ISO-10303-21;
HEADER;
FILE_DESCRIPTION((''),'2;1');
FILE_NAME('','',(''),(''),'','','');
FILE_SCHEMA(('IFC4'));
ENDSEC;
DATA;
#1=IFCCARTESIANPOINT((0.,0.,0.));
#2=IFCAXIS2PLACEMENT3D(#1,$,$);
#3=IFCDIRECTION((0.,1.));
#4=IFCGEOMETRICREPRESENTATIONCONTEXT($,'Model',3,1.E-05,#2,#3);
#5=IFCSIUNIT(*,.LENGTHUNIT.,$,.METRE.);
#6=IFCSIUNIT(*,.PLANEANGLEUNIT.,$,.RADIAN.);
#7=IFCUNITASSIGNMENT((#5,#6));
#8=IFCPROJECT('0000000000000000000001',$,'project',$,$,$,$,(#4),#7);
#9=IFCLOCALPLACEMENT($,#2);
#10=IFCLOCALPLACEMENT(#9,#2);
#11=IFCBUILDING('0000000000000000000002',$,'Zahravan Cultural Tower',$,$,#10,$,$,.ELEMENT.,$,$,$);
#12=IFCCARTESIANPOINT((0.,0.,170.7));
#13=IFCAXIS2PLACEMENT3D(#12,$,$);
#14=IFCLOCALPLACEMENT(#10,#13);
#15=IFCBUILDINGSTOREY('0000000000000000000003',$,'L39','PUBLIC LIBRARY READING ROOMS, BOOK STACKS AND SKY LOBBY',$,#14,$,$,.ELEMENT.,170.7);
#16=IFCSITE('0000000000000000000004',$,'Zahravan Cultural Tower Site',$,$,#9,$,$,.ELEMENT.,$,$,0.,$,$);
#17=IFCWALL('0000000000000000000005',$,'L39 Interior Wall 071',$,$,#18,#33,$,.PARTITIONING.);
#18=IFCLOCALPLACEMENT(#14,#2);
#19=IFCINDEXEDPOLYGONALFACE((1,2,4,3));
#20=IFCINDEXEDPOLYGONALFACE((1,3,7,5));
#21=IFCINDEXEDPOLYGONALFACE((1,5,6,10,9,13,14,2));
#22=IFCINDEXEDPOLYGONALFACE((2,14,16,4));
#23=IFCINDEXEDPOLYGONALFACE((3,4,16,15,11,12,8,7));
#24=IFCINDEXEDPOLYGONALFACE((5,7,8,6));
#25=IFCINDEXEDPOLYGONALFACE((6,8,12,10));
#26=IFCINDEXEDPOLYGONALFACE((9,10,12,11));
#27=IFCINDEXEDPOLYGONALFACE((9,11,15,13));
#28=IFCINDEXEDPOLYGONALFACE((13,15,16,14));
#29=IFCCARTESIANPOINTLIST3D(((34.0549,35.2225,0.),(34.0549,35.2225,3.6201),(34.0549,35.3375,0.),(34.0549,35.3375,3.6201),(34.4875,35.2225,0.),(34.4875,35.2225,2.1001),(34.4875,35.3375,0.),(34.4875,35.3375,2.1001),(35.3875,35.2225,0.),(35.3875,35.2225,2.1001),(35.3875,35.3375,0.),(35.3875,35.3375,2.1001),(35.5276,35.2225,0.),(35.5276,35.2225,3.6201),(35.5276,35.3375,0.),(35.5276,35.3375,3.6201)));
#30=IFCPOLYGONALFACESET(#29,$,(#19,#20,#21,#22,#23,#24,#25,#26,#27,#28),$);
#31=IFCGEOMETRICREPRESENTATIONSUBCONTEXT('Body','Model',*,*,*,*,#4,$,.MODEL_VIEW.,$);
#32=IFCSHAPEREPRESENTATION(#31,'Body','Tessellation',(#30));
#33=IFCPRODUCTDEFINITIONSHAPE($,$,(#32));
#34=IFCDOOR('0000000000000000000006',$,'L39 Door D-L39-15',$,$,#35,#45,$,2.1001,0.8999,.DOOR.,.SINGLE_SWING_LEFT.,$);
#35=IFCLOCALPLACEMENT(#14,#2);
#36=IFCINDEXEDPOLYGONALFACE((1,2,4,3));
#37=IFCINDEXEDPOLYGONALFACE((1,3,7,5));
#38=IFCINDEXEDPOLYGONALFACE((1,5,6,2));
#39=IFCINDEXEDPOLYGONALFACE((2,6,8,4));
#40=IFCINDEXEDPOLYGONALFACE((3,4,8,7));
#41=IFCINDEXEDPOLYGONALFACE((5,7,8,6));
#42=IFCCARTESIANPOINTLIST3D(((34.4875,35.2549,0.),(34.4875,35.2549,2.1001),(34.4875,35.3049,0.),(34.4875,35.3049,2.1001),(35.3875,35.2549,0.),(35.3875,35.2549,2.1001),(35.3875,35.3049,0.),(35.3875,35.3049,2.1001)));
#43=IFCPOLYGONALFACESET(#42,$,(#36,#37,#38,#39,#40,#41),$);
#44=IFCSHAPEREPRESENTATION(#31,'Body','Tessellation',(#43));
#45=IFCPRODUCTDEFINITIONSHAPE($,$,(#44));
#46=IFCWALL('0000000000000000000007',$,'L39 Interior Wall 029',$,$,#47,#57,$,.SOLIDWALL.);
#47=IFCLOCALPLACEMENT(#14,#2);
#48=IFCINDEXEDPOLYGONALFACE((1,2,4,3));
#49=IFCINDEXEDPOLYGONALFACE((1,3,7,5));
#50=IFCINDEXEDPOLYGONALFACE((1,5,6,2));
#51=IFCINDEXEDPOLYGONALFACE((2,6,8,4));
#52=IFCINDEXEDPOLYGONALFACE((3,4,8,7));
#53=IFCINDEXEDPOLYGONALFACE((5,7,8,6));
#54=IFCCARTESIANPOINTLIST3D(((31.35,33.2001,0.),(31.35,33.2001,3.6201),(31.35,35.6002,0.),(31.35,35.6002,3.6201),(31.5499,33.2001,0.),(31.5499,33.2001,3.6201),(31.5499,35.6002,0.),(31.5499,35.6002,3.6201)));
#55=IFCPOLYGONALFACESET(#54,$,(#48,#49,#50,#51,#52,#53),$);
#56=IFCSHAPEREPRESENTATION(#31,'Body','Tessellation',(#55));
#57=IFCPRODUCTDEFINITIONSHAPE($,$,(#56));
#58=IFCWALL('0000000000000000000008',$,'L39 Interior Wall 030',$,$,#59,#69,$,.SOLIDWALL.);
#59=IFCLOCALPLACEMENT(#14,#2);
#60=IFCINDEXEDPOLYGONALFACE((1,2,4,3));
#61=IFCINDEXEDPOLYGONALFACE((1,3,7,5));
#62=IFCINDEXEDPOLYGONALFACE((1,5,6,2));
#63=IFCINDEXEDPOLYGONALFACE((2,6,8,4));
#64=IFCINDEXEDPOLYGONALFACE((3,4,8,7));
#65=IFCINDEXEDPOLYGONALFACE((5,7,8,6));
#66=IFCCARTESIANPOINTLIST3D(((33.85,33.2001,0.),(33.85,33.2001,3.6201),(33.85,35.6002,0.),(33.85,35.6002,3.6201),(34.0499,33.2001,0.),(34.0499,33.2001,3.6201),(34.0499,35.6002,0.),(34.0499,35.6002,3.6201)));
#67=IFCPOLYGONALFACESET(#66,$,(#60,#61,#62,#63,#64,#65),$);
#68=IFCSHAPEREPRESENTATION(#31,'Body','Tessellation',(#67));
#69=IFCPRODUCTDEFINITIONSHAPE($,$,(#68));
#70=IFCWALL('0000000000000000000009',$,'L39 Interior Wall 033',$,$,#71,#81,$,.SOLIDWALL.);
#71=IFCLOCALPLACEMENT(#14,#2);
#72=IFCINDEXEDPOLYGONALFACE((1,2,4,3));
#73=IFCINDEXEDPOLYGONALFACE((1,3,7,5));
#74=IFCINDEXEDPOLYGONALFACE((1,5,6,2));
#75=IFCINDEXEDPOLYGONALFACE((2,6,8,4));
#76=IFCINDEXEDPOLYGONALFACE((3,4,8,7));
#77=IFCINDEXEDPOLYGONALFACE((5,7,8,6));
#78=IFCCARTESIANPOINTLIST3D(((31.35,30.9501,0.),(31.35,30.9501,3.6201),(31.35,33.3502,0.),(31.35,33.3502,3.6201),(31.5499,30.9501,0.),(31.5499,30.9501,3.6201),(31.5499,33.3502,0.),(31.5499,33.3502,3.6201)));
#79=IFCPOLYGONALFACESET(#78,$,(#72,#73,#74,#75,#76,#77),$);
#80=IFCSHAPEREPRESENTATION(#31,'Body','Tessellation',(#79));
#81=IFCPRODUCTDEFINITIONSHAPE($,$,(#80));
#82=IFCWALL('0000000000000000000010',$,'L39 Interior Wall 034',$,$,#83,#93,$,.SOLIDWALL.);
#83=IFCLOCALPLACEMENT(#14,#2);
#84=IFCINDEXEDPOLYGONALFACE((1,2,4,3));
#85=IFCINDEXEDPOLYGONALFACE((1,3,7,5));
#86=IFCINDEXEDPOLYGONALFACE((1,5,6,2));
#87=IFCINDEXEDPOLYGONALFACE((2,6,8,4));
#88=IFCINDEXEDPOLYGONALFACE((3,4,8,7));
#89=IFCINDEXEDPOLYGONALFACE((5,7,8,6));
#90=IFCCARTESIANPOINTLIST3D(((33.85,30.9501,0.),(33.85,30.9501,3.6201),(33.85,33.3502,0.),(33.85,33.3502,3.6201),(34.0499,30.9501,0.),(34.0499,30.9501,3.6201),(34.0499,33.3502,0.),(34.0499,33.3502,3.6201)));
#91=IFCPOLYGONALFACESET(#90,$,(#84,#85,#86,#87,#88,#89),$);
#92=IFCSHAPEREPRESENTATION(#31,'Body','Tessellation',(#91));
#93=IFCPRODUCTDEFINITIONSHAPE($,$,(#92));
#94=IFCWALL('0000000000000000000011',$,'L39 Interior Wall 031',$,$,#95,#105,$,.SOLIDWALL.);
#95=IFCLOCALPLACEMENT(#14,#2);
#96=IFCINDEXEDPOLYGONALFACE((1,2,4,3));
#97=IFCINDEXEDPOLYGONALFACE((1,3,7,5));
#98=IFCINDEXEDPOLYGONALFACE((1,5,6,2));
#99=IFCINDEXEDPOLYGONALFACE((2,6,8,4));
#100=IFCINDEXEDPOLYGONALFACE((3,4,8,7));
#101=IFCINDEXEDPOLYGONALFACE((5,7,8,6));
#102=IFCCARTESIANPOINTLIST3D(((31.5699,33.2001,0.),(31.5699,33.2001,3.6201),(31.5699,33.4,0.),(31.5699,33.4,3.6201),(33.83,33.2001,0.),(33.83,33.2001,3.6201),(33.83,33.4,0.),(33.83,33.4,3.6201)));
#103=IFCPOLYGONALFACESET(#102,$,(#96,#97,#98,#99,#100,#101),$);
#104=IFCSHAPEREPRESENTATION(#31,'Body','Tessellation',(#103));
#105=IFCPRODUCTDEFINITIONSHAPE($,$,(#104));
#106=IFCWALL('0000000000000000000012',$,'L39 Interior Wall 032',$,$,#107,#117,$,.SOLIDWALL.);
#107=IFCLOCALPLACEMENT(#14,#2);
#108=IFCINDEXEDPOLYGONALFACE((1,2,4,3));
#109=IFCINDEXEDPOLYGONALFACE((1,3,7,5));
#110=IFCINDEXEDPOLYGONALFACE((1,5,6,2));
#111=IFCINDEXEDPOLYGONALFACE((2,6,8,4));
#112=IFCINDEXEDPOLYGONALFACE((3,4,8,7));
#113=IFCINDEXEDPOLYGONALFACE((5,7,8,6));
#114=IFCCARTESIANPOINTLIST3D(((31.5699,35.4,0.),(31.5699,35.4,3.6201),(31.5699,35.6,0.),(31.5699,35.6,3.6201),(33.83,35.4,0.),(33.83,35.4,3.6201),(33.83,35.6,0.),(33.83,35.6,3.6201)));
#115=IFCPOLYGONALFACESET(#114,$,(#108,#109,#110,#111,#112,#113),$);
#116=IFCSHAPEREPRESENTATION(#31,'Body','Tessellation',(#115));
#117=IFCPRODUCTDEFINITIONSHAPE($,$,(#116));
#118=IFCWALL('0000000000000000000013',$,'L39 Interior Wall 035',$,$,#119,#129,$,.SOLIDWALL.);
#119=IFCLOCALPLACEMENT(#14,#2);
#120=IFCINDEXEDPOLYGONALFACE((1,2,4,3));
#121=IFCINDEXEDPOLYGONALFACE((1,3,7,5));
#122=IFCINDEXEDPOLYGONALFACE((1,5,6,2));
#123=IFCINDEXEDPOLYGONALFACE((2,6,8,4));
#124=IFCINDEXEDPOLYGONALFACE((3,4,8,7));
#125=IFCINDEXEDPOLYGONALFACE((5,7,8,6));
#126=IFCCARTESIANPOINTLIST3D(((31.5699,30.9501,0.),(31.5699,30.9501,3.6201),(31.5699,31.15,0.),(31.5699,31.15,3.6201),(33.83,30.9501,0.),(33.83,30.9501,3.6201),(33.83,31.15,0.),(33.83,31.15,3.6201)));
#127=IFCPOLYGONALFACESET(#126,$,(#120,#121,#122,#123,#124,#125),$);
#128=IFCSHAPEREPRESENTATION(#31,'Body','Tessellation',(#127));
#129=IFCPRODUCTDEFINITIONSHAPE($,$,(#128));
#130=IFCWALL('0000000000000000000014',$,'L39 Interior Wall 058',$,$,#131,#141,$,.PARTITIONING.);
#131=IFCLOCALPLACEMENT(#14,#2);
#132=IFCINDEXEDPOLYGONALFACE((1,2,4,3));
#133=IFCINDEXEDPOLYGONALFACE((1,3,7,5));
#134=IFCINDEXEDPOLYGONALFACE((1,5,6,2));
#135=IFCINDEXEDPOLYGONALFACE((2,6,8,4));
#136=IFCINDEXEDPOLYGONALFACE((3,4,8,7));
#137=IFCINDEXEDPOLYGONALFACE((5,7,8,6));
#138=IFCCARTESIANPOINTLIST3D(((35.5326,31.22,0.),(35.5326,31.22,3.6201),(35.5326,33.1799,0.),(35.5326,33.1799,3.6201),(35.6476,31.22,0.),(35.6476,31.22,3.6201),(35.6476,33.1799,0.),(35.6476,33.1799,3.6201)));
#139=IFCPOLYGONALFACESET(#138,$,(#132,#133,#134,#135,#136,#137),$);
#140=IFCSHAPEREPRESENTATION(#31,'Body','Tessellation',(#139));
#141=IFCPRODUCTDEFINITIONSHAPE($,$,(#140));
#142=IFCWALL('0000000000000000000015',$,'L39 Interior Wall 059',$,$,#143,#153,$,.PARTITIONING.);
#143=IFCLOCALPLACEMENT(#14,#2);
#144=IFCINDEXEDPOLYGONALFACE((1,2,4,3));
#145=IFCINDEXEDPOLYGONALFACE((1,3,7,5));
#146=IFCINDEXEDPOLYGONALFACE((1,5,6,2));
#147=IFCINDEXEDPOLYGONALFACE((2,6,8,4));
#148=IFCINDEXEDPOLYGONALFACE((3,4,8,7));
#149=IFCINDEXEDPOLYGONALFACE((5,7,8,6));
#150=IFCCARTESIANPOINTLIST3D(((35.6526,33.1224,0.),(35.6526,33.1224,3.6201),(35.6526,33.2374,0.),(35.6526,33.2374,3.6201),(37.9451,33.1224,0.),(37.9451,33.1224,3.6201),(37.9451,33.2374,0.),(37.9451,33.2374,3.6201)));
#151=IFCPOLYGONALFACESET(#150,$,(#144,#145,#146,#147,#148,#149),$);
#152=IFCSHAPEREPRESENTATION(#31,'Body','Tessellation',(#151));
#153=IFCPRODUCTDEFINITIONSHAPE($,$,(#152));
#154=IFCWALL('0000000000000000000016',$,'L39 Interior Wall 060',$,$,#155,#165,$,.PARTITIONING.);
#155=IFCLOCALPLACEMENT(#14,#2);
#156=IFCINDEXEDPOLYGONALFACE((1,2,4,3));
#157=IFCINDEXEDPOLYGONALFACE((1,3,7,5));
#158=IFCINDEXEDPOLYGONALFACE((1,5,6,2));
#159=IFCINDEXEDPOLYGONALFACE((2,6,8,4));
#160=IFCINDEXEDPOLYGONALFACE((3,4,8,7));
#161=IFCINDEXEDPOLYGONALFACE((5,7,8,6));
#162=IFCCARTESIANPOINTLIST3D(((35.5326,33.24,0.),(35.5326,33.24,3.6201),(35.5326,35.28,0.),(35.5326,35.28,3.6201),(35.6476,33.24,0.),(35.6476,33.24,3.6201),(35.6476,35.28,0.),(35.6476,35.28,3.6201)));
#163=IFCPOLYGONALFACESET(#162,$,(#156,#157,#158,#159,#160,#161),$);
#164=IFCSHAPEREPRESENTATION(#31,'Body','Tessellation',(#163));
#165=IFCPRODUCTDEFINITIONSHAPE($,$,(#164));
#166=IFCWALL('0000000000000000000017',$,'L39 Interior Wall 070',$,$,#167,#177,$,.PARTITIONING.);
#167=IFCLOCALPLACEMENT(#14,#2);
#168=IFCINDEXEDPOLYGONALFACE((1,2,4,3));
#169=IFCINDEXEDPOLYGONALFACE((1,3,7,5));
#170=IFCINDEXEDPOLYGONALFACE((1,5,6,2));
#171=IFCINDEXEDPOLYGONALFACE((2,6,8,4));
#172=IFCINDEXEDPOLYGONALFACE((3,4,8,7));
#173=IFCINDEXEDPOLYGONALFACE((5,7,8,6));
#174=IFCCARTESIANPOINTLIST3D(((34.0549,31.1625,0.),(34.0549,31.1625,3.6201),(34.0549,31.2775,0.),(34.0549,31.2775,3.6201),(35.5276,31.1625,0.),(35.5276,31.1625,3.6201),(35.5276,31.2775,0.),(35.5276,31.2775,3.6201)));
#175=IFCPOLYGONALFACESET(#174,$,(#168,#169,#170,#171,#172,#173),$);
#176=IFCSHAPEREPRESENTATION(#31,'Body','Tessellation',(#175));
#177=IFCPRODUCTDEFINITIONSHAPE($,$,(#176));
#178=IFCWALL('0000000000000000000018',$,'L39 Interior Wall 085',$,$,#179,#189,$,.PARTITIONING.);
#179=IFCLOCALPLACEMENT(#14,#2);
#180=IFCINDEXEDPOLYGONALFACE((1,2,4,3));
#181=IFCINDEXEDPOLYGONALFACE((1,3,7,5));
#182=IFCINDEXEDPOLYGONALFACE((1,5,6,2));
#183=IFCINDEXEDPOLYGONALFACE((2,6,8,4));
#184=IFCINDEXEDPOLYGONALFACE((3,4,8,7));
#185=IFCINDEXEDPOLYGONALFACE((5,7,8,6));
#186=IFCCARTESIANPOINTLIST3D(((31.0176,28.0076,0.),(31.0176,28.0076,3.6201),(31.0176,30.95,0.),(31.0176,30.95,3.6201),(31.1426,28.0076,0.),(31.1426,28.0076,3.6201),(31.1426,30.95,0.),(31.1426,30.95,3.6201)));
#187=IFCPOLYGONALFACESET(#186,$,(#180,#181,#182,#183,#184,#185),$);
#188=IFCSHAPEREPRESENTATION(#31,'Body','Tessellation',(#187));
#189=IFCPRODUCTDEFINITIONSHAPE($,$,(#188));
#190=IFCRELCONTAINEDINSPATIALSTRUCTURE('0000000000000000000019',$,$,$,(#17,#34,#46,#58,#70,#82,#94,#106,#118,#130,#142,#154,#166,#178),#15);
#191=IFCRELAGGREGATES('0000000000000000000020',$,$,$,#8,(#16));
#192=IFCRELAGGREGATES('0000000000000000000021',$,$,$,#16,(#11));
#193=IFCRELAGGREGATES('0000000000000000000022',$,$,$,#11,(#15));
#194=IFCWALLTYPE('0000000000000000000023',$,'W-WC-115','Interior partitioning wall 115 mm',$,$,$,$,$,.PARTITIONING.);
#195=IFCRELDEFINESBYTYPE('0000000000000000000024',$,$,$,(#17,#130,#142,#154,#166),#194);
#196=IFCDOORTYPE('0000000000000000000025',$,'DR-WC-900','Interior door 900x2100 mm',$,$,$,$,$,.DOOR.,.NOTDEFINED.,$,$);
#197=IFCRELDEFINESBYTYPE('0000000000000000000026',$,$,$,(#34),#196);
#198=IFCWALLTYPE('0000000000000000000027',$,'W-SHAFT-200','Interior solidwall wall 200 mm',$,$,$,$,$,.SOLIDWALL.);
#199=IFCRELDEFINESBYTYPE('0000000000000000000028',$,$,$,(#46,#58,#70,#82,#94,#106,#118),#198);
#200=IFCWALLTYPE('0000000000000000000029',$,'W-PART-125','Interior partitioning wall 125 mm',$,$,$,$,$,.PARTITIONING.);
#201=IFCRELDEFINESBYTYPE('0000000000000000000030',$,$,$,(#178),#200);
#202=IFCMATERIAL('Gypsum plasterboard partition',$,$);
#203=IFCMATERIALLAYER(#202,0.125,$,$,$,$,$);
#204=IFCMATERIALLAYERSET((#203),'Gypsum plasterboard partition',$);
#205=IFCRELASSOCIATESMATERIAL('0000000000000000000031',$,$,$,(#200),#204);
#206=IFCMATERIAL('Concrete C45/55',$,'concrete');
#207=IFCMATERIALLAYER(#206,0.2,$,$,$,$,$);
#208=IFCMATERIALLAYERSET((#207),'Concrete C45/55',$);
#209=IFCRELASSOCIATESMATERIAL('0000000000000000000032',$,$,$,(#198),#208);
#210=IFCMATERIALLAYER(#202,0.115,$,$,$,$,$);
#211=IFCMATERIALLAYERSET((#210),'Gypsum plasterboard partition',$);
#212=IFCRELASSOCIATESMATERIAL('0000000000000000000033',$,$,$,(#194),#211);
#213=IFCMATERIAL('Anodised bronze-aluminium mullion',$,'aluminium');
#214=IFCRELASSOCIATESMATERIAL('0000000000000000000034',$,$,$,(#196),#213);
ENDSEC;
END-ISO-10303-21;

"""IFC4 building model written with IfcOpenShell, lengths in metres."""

from ifc_helpers import new_model, si_unit, direction, frame, frame_2d, origin, place, context, subcontext, project, spatial, rectangle, extrude, source, transform, mapped, material, layer, layer_set, type_object, element, fill, save


model = new_model("IFC4")

# Units and contexts
model_context = context("Model", 3, precision=1e-05, world=origin(), true_north=direction((0.0, 1.0)))
body_context = subcontext(model_context, "Body", "Model", "MODEL_VIEW")
ifc_project = project(units=[si_unit("LENGTHUNIT", "METRE"), si_unit("PLANEANGLEUNIT", "RADIAN")], contexts=[model_context])

# Site, building, storey
site_placement = place(None, origin())
site = spatial("IfcSite", under=ifc_project, at=site_placement, Name="Zahravan Cultural Tower Site", CompositionType="ELEMENT", RefElevation=0.0)
building_placement = place(site_placement, origin())
building = spatial("IfcBuilding", under=site, at=building_placement, Name="Zahravan Cultural Tower", CompositionType="ELEMENT")
storey_placement = place(building_placement, frame((0.0, 0.0, 170.7)))
storey = spatial("IfcBuildingStorey", under=building, at=storey_placement, Name="L39", Description="PUBLIC LIBRARY READING ROOMS, BOOK STACKS AND SKY LOBBY", CompositionType="ELEMENT", Elevation=170.7)

# Wall, opening, door
ifc_material_1 = material(Name="Gypsum plasterboard partition")
ifc_layer_1 = layer(ifc_material_1, 0.125)
ifc_layer_set_1 = layer_set([ifc_layer_1], Name="Gypsum plasterboard partition")
wall_type_1 = type_object("IfcWallType", Name="W-PART-125", Description="Interior partitioning wall 125 mm", PredefinedType="PARTITIONING", material=ifc_layer_set_1)
ifc_material_2 = material(Name="Anodised bronze-aluminium mullion", Category="aluminium")
ifc_material_3 = material(Name="Concrete C45/55", Category="concrete")
ifc_layer_2 = layer(ifc_material_3, 0.2)
ifc_layer_set_2 = layer_set([ifc_layer_2], Name="Concrete C45/55")
wall_type_2 = type_object("IfcWallType", Name="W-SHAFT-200", Description="Interior solidwall wall 200 mm", PredefinedType="SOLIDWALL", material=ifc_layer_set_2)
ifc_layer_3 = layer(ifc_material_1, 0.115)
ifc_layer_set_3 = layer_set([ifc_layer_3], Name="Gypsum plasterboard partition")
wall_type_3 = type_object("IfcWallType", Name="W-WC-115", Description="Interior partitioning wall 115 mm", PredefinedType="PARTITIONING", material=ifc_layer_set_3)
door_type_1 = type_object("IfcDoorType", Name="DR-WC-900", Description="Interior door 900x2100 mm", OperationType="NOTDEFINED", PredefinedType="DOOR", material=ifc_material_2)
shared_shape_1 = source(origin(), body_context, "Body", "SweptSolid", [
    extrude(rectangle(XDim=0.8999, YDim=2.1001, at=frame_2d((0.45, 1.05))), frame((0.0, 0.0249, 0.0), z_axis=(0.0, -1.0, 0.0), x_axis=(1.0, 0.0, 0.0)), (0.0, 0.0, 1.0), 0.05),
])
wall_1_placement = place(storey_placement, frame((34.0549, 35.28, 0.0), z_axis=(0.0, 0.0, 1.0), x_axis=(1.0, 0.0, 0.0)))
wall_1 = element("IfcWall", 1, at=wall_1_placement, inside=storey, type_object=wall_type_3, Name="L39 Interior Wall 071", PredefinedType="PARTITIONING", context=body_context, shape_type="SweptSolid", body=[
    extrude(rectangle(XDim=1.4727, YDim=0.115, at=frame_2d((0.7363, 0.0))), origin(), (0.0, 0.0, 1.0), 3.6201),
])
opening_1_placement = place(wall_1_placement, frame((0.4326, 0.0, 0.0)))
opening_1 = element("IfcOpeningElement", 2, at=opening_1_placement, cuts=wall_1, PredefinedType="OPENING", context=body_context, shape_type="SweptSolid", body=[
    extrude(rectangle(XDim=0.8999, YDim=2.1001, at=frame_2d((0.45, 1.05))), frame((0.0, 0.0674, 0.0), z_axis=(0.0, -1.0, 0.0), x_axis=(1.0, 0.0, 0.0)), (0.0, 0.0, 1.0), 0.135),
])
door_1_placement = place(opening_1_placement, origin())
door_1 = element("IfcDoor", 3, at=door_1_placement, inside=storey, type_object=door_type_1, Name="L39 Door D-L39-15", OperationType="SINGLE_SWING_LEFT", OverallHeight=2.1001, OverallWidth=0.8999, PredefinedType="DOOR", context=body_context, shape_type="MappedRepresentation", body=[
    mapped(shared_shape_1, transform((0.0, 0.0, 0.0), x_axis=(1.0, 0.0, 0.0), y_axis=(0.0, 1.0, 0.0), z_axis=(0.0, 0.0, 1.0), scale=1.0)),
])
fill(opening_1, door_1)

# Walls
shared_shape_2 = source(origin(), body_context, "Body", "SweptSolid", [
    extrude(rectangle(XDim=2.4001, YDim=0.2, at=frame_2d((1.2002, 0.0))), origin(), (0.0, 0.0, 1.0), 3.6201),
])
for number, where, z_axis, x_axis, name in (
    (4, (31.45, 33.2, 0.0), (0.0, 0.0, 1.0), (0.0, 1.0, 0.0), "L39 Interior Wall 029"),
    (5, (33.95, 33.2, 0.0), (0.0, 0.0, 1.0), (0.0, 1.0, 0.0), "L39 Interior Wall 030"),
    (6, (31.45, 30.95, 0.0), (0.0, 0.0, 1.0), (0.0, 1.0, 0.0), "L39 Interior Wall 033"),
    (7, (33.95, 30.95, 0.0), (0.0, 0.0, 1.0), (0.0, 1.0, 0.0), "L39 Interior Wall 034"),
):
    element("IfcWall", number, at=place(storey_placement, frame(where, z_axis=z_axis, x_axis=x_axis)), inside=storey, type_object=wall_type_2, Name=name, PredefinedType="SOLIDWALL", context=body_context, shape_type="MappedRepresentation", body=[
        mapped(shared_shape_2, transform((0.0, 0.0, 0.0), x_axis=(1.0, 0.0, 0.0), y_axis=(0.0, 1.0, 0.0), z_axis=(0.0, 0.0, 1.0), scale=1.0)),
    ])
shared_shape_3 = source(origin(), body_context, "Body", "SweptSolid", [
    extrude(rectangle(XDim=2.26, YDim=0.2, at=frame_2d((1.1299, 0.0))), origin(), (0.0, 0.0, 1.0), 3.6201),
])
for number, where, z_axis, x_axis, name in (
    (8, (31.5701, 33.3, 0.0), (0.0, 0.0, 1.0), (1.0, 0.0, 0.0), "L39 Interior Wall 031"),
    (9, (31.5701, 35.5, 0.0), (0.0, 0.0, 1.0), (1.0, 0.0, 0.0), "L39 Interior Wall 032"),
    (10, (31.5701, 31.05, 0.0), (0.0, 0.0, 1.0), (1.0, 0.0, 0.0), "L39 Interior Wall 035"),
):
    element("IfcWall", number, at=place(storey_placement, frame(where, z_axis=z_axis, x_axis=x_axis)), inside=storey, type_object=wall_type_2, Name=name, PredefinedType="SOLIDWALL", context=body_context, shape_type="MappedRepresentation", body=[
        mapped(shared_shape_3, transform((0.0, 0.0, 0.0), x_axis=(1.0, 0.0, 0.0), y_axis=(0.0, 1.0, 0.0), z_axis=(0.0, 0.0, 1.0), scale=1.0)),
    ])
shared_shape_4 = source(origin(), body_context, "Body", "SweptSolid", [
    extrude(rectangle(XDim=1.96, YDim=0.115, at=frame_2d((0.98, 0.0))), origin(), (0.0, 0.0, 1.0), 3.6201),
])
wall_2_placement = place(storey_placement, frame((35.5901, 31.22, 0.0), z_axis=(0.0, 0.0, 1.0), x_axis=(0.0, 1.0, 0.0)))
element("IfcWall", 11, at=wall_2_placement, inside=storey, type_object=wall_type_3, Name="L39 Interior Wall 058", PredefinedType="PARTITIONING", context=body_context, shape_type="MappedRepresentation", body=[
    mapped(shared_shape_4, transform((0.0, 0.0, 0.0), x_axis=(1.0, 0.0, 0.0), y_axis=(0.0, 1.0, 0.0), z_axis=(0.0, 0.0, 1.0), scale=1.0)),
])
shared_shape_5 = source(origin(), body_context, "Body", "SweptSolid", [
    extrude(rectangle(XDim=2.2925, YDim=0.115, at=frame_2d((1.1462, 0.0))), origin(), (0.0, 0.0, 1.0), 3.6201),
])
wall_3_placement = place(storey_placement, frame((35.6526, 33.1799, 0.0), z_axis=(0.0, 0.0, 1.0), x_axis=(1.0, 0.0, 0.0)))
element("IfcWall", 12, at=wall_3_placement, inside=storey, type_object=wall_type_3, Name="L39 Interior Wall 059", PredefinedType="PARTITIONING", context=body_context, shape_type="MappedRepresentation", body=[
    mapped(shared_shape_5, transform((0.0, 0.0, 0.0), x_axis=(1.0, 0.0, 0.0), y_axis=(0.0, 1.0, 0.0), z_axis=(0.0, 0.0, 1.0), scale=1.0)),
])
shared_shape_6 = source(origin(), body_context, "Body", "SweptSolid", [
    extrude(rectangle(XDim=2.04, YDim=0.115, at=frame_2d((1.02, 0.0))), origin(), (0.0, 0.0, 1.0), 3.6201),
])
wall_4_placement = place(storey_placement, frame((35.5901, 33.24, 0.0), z_axis=(0.0, 0.0, 1.0), x_axis=(0.0, 1.0, 0.0)))
element("IfcWall", 13, at=wall_4_placement, inside=storey, type_object=wall_type_3, Name="L39 Interior Wall 060", PredefinedType="PARTITIONING", context=body_context, shape_type="MappedRepresentation", body=[
    mapped(shared_shape_6, transform((0.0, 0.0, 0.0), x_axis=(1.0, 0.0, 0.0), y_axis=(0.0, 1.0, 0.0), z_axis=(0.0, 0.0, 1.0), scale=1.0)),
])
shared_shape_7 = source(origin(), body_context, "Body", "SweptSolid", [
    extrude(rectangle(XDim=1.4727, YDim=0.115, at=frame_2d((0.7363, 0.0))), origin(), (0.0, 0.0, 1.0), 3.6201),
])
wall_5_placement = place(storey_placement, frame((35.5276, 31.22, 0.0), z_axis=(0.0, 0.0, 1.0), x_axis=(-1.0, 0.0, 0.0)))
element("IfcWall", 14, at=wall_5_placement, inside=storey, type_object=wall_type_3, Name="L39 Interior Wall 070", PredefinedType="PARTITIONING", context=body_context, shape_type="MappedRepresentation", body=[
    mapped(shared_shape_7, transform((0.0, 0.0, 0.0), x_axis=(1.0, 0.0, 0.0), y_axis=(0.0, 1.0, 0.0), z_axis=(0.0, 0.0, 1.0), scale=1.0)),
])
shared_shape_8 = source(origin(), body_context, "Body", "SweptSolid", [
    extrude(rectangle(XDim=2.9424, YDim=0.125, at=frame_2d((1.4712, 0.0))), origin(), (0.0, 0.0, 1.0), 3.6201),
])
wall_6_placement = place(storey_placement, frame((31.0801, 28.0076, 0.0), z_axis=(0.0, 0.0, 1.0), x_axis=(0.0, 1.0, 0.0)))
element("IfcWall", 15, at=wall_6_placement, inside=storey, type_object=wall_type_1, Name="L39 Interior Wall 085", PredefinedType="PARTITIONING", context=body_context, shape_type="MappedRepresentation", body=[
    mapped(shared_shape_8, transform((0.0, 0.0, 0.0), x_axis=(1.0, 0.0, 0.0), y_axis=(0.0, 1.0, 0.0), z_axis=(0.0, 0.0, 1.0), scale=1.0)),
])

save(model, "model.ifc")
